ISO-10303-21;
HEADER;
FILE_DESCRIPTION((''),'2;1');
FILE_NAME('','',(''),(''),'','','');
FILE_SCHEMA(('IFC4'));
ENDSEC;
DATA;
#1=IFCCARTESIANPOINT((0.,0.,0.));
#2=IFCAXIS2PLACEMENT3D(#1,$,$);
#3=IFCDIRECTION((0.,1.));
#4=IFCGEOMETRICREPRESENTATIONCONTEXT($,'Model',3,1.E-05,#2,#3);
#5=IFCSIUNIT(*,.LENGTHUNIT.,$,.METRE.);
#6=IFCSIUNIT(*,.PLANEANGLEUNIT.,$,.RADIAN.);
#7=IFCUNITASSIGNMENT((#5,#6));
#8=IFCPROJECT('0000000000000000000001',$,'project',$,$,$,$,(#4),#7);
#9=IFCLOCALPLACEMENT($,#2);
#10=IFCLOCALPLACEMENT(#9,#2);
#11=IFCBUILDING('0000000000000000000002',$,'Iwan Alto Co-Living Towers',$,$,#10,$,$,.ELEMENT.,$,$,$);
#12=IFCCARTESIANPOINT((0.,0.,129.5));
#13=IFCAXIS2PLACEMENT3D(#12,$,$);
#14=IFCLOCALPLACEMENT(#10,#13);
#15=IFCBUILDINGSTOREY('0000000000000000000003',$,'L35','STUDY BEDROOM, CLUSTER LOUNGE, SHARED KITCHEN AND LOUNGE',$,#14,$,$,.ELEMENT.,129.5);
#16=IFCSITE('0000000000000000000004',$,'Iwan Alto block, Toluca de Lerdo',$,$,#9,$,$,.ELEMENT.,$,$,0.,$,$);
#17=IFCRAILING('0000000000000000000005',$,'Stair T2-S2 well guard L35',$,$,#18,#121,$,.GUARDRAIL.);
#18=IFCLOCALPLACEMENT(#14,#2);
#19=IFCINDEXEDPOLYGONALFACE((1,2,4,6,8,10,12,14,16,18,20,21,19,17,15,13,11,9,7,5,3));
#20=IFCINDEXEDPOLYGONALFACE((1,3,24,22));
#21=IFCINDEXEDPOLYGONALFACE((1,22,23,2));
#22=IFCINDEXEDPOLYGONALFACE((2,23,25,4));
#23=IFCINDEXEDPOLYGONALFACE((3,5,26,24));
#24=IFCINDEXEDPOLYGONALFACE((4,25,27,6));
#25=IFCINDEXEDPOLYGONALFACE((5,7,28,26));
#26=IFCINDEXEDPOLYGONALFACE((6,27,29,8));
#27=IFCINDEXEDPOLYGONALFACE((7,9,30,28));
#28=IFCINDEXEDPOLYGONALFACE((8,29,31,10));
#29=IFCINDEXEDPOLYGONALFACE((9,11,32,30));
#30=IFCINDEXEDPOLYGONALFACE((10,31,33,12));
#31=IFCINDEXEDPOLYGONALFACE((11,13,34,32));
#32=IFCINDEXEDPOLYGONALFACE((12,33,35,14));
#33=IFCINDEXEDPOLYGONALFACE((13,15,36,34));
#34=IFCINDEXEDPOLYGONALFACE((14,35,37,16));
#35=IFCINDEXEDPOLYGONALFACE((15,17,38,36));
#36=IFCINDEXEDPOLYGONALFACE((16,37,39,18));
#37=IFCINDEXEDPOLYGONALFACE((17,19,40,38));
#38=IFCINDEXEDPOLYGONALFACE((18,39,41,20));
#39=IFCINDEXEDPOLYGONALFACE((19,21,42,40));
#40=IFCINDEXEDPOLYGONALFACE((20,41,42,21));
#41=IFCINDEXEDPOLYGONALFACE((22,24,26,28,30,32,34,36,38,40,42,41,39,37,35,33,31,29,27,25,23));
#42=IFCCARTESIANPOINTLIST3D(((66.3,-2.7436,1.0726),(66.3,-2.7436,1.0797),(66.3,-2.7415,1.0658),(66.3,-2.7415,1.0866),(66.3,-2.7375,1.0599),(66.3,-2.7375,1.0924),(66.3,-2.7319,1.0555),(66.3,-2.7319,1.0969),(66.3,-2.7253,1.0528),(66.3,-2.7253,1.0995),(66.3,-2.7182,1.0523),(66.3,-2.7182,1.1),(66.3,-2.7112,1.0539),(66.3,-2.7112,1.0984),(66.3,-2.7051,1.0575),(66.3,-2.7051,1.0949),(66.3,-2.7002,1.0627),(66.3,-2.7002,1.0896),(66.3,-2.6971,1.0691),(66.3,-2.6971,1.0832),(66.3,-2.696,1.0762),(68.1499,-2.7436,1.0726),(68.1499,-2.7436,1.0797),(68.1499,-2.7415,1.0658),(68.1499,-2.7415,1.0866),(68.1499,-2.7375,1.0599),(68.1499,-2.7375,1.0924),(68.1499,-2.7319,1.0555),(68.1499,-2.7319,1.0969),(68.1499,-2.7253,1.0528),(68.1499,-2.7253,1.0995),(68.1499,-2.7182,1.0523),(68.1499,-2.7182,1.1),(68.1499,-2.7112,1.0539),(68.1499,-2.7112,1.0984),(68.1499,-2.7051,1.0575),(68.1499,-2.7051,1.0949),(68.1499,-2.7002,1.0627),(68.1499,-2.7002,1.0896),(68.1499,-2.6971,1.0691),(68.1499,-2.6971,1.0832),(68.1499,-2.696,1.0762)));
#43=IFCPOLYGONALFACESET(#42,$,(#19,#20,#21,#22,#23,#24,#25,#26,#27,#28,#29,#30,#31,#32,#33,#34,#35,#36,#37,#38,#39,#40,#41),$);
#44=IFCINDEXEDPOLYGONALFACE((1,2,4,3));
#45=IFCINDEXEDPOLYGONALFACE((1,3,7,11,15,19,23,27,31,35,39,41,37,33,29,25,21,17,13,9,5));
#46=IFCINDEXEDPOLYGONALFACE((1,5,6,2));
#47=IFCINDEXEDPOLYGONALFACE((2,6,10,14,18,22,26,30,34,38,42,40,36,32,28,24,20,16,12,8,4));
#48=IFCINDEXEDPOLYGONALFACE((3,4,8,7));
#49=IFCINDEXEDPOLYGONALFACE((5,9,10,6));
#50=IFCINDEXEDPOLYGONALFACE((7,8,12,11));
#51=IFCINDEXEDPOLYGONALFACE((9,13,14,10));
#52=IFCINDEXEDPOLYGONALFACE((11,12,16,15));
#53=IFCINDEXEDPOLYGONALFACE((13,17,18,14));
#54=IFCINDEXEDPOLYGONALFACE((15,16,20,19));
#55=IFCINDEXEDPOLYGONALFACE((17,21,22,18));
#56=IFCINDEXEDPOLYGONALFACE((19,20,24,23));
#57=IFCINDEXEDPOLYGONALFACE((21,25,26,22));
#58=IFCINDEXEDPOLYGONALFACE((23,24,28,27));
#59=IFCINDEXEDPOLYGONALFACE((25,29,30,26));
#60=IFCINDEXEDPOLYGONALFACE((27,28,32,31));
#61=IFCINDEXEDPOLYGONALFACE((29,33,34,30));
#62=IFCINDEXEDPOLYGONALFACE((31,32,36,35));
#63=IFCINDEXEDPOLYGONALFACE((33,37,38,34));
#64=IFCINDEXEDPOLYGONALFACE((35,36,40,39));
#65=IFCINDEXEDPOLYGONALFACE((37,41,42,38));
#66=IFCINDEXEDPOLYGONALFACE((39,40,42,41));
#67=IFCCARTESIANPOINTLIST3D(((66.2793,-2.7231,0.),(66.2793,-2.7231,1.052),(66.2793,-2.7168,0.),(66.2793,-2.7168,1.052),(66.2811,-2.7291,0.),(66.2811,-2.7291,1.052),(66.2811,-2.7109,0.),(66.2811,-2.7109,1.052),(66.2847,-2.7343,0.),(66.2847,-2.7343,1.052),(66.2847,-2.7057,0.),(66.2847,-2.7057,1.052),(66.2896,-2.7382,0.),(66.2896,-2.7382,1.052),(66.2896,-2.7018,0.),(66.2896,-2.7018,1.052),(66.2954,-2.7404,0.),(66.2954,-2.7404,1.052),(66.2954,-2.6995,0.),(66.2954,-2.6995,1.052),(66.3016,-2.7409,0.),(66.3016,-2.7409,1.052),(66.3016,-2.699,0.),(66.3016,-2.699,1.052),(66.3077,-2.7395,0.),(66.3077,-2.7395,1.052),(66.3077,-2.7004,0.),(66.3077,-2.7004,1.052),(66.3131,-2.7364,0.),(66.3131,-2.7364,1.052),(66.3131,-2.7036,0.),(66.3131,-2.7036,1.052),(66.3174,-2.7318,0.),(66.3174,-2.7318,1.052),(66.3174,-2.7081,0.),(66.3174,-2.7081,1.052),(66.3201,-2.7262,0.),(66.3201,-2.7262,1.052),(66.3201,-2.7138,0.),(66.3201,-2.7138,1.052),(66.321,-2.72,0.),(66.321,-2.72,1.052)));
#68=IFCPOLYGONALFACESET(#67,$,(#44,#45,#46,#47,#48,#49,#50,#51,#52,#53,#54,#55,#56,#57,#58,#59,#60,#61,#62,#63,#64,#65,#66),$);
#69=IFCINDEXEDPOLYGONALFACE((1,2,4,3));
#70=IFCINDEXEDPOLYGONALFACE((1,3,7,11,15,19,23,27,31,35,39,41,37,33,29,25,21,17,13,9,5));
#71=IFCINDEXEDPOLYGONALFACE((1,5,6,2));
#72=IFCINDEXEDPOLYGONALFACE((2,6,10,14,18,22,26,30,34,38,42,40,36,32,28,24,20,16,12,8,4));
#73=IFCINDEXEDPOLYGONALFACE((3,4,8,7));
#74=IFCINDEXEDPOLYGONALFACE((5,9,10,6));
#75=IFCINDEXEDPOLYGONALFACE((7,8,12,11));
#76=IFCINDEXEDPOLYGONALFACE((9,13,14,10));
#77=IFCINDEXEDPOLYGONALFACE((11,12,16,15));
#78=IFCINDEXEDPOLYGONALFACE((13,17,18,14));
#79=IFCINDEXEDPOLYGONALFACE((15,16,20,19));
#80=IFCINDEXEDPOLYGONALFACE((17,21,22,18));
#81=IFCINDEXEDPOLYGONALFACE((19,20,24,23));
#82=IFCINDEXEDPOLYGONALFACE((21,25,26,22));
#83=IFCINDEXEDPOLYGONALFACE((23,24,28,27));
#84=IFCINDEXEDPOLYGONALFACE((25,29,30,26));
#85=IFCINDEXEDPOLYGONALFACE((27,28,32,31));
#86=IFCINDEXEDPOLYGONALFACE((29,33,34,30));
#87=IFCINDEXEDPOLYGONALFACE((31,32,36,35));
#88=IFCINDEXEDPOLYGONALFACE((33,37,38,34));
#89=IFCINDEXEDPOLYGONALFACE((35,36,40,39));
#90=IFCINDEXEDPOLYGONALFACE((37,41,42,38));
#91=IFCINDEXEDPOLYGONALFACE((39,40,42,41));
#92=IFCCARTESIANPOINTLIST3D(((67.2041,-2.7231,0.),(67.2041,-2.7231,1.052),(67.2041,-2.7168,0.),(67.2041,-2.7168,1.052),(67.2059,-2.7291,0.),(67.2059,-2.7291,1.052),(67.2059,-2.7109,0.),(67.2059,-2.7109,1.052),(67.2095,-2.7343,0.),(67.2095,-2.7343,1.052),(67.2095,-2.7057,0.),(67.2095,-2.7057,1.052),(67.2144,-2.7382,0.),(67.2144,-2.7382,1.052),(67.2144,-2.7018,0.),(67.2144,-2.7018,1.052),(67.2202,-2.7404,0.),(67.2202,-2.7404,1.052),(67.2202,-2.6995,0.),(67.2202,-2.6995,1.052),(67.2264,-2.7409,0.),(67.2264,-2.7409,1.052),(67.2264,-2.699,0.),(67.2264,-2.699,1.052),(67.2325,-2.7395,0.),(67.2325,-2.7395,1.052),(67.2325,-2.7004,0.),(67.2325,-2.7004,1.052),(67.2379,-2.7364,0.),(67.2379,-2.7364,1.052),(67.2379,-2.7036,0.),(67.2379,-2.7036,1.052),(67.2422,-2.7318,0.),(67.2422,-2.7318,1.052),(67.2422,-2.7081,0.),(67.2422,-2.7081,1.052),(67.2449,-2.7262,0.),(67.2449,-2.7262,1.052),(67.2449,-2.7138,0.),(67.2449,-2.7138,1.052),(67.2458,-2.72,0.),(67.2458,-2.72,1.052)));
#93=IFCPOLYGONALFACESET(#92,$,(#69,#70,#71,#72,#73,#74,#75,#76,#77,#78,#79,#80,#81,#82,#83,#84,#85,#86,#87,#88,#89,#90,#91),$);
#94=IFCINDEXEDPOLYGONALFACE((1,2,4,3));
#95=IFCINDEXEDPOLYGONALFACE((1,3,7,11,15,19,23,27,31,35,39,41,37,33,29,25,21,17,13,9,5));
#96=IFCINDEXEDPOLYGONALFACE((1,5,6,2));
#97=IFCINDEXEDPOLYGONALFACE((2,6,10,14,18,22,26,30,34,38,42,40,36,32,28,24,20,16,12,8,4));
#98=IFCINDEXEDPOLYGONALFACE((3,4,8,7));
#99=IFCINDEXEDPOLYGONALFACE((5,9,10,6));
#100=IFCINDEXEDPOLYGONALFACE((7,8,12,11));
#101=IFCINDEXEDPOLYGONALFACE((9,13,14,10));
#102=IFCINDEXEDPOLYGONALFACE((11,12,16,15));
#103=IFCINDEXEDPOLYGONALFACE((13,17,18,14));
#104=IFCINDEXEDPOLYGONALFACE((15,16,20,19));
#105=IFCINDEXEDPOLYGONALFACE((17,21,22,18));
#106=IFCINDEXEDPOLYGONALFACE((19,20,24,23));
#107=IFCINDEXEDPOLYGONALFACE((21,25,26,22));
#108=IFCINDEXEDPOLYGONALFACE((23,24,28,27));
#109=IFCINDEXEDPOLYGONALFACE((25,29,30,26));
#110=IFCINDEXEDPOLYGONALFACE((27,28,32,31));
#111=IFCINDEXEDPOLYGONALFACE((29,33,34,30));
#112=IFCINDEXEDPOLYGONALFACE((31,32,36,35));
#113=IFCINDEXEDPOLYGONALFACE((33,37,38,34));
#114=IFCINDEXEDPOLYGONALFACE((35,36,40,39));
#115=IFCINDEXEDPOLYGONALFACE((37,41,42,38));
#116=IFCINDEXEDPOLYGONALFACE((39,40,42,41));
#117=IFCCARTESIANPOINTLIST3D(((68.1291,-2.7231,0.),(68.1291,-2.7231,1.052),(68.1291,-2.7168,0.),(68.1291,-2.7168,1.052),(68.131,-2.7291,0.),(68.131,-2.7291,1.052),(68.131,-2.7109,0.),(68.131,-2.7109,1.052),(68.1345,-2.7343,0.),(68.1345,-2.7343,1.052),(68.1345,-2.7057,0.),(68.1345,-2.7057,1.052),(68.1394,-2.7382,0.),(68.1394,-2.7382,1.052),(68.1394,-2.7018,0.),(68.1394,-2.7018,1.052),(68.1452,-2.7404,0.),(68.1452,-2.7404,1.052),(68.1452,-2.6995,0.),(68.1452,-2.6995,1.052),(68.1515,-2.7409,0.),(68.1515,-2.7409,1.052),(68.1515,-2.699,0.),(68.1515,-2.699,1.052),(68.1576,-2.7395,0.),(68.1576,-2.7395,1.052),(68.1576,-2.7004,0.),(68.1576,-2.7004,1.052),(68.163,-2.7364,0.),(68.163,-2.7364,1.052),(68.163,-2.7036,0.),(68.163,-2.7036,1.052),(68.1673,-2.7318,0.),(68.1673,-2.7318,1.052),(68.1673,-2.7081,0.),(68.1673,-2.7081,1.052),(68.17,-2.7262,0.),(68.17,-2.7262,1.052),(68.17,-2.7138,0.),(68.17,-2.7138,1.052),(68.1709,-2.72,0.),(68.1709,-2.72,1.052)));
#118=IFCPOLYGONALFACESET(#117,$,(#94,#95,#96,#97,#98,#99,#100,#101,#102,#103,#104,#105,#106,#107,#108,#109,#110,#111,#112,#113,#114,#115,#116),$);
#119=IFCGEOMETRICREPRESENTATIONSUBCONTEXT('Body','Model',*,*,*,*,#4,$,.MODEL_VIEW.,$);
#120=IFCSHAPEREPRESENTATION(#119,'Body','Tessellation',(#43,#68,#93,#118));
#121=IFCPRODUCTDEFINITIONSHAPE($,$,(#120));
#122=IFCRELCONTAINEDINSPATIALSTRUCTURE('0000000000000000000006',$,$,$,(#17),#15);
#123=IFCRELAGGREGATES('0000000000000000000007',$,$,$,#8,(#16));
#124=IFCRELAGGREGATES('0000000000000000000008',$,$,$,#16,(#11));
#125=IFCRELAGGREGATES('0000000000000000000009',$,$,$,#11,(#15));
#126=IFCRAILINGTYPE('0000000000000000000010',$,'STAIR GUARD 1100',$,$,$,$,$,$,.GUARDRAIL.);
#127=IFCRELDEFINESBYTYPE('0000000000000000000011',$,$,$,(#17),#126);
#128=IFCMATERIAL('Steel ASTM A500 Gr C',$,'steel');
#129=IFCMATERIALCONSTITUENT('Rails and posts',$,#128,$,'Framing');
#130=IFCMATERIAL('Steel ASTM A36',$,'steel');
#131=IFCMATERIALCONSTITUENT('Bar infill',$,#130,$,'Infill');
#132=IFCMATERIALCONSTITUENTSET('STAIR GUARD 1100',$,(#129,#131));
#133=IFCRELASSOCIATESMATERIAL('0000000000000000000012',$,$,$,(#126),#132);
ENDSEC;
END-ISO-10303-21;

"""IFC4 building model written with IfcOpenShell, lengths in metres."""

from ifc_helpers import new_model, si_unit, direction, frame, origin, origin_2d, place, context, subcontext, project, spatial, circle, extrude, material, constituent, constituent_set, type_object, element, save


model = new_model("IFC4")

# Units and contexts
model_context = context("Model", 3, precision=1e-05, world=origin(), true_north=direction((0.0, 1.0)))
body_context = subcontext(model_context, "Body", "Model", "MODEL_VIEW")
ifc_project = project(units=[si_unit("LENGTHUNIT", "METRE"), si_unit("PLANEANGLEUNIT", "RADIAN")], contexts=[model_context])

# Site, building, storey
site_placement = place(None, origin())
site = spatial("IfcSite", under=ifc_project, at=site_placement, Name="Iwan Alto block, Toluca de Lerdo", CompositionType="ELEMENT", RefElevation=0.0)
building_placement = place(site_placement, origin())
building = spatial("IfcBuilding", under=site, at=building_placement, Name="Iwan Alto Co-Living Towers", CompositionType="ELEMENT")
storey_placement = place(building_placement, frame((0.0, 0.0, 129.5)))
storey = spatial("IfcBuildingStorey", under=building, at=storey_placement, Name="L35", Description="STUDY BEDROOM, CLUSTER LOUNGE, SHARED KITCHEN AND LOUNGE", CompositionType="ELEMENT", Elevation=129.5)

# Railing
ifc_material_1 = material(Name="Steel ASTM A500 Gr C", Category="steel")
ifc_constituent_1 = constituent(ifc_material_1, Name="Rails and posts", Category="Framing")
ifc_material_2 = material(Name="Steel ASTM A36", Category="steel")
ifc_constituent_2 = constituent(ifc_material_2, Name="Bar infill", Category="Infill")
ifc_constituent_set = constituent_set(constituents=[ifc_constituent_1, ifc_constituent_2], Name="STAIR GUARD 1100")
railing_type = type_object("IfcRailingType", Name="STAIR GUARD 1100", PredefinedType="GUARDRAIL", material=ifc_constituent_set)
railing_placement = place(storey_placement, frame((66.3, -2.72, 0.0)))
element("IfcRailing", 1, at=railing_placement, inside=storey, type_object=railing_type, Name="Stair T2-S2 well guard L35", PredefinedType="GUARDRAIL", context=body_context, shape_type="SweptSolid", body=[
    extrude(circle(Radius=0.0239, at=origin_2d()), frame((0.0, 0.0, 1.0762), z_axis=(1.0, 0.0, 0.0), x_axis=(0.0, 1.0, 0.0)), (0.0, 0.0, 1.0), 1.8499),
    extrude(circle(Radius=0.021, at=origin_2d()), origin(), (0.0, 0.0, 1.0), 1.052),
    extrude(circle(Radius=0.021, at=origin_2d()), frame((0.9248, 0.0, 0.0)), (0.0, 0.0, 1.0), 1.052),
    extrude(circle(Radius=0.021, at=origin_2d()), frame((1.8499, 0.0, 0.0)), (0.0, 0.0, 1.0), 1.052),
])

save(model, "model.ifc")
